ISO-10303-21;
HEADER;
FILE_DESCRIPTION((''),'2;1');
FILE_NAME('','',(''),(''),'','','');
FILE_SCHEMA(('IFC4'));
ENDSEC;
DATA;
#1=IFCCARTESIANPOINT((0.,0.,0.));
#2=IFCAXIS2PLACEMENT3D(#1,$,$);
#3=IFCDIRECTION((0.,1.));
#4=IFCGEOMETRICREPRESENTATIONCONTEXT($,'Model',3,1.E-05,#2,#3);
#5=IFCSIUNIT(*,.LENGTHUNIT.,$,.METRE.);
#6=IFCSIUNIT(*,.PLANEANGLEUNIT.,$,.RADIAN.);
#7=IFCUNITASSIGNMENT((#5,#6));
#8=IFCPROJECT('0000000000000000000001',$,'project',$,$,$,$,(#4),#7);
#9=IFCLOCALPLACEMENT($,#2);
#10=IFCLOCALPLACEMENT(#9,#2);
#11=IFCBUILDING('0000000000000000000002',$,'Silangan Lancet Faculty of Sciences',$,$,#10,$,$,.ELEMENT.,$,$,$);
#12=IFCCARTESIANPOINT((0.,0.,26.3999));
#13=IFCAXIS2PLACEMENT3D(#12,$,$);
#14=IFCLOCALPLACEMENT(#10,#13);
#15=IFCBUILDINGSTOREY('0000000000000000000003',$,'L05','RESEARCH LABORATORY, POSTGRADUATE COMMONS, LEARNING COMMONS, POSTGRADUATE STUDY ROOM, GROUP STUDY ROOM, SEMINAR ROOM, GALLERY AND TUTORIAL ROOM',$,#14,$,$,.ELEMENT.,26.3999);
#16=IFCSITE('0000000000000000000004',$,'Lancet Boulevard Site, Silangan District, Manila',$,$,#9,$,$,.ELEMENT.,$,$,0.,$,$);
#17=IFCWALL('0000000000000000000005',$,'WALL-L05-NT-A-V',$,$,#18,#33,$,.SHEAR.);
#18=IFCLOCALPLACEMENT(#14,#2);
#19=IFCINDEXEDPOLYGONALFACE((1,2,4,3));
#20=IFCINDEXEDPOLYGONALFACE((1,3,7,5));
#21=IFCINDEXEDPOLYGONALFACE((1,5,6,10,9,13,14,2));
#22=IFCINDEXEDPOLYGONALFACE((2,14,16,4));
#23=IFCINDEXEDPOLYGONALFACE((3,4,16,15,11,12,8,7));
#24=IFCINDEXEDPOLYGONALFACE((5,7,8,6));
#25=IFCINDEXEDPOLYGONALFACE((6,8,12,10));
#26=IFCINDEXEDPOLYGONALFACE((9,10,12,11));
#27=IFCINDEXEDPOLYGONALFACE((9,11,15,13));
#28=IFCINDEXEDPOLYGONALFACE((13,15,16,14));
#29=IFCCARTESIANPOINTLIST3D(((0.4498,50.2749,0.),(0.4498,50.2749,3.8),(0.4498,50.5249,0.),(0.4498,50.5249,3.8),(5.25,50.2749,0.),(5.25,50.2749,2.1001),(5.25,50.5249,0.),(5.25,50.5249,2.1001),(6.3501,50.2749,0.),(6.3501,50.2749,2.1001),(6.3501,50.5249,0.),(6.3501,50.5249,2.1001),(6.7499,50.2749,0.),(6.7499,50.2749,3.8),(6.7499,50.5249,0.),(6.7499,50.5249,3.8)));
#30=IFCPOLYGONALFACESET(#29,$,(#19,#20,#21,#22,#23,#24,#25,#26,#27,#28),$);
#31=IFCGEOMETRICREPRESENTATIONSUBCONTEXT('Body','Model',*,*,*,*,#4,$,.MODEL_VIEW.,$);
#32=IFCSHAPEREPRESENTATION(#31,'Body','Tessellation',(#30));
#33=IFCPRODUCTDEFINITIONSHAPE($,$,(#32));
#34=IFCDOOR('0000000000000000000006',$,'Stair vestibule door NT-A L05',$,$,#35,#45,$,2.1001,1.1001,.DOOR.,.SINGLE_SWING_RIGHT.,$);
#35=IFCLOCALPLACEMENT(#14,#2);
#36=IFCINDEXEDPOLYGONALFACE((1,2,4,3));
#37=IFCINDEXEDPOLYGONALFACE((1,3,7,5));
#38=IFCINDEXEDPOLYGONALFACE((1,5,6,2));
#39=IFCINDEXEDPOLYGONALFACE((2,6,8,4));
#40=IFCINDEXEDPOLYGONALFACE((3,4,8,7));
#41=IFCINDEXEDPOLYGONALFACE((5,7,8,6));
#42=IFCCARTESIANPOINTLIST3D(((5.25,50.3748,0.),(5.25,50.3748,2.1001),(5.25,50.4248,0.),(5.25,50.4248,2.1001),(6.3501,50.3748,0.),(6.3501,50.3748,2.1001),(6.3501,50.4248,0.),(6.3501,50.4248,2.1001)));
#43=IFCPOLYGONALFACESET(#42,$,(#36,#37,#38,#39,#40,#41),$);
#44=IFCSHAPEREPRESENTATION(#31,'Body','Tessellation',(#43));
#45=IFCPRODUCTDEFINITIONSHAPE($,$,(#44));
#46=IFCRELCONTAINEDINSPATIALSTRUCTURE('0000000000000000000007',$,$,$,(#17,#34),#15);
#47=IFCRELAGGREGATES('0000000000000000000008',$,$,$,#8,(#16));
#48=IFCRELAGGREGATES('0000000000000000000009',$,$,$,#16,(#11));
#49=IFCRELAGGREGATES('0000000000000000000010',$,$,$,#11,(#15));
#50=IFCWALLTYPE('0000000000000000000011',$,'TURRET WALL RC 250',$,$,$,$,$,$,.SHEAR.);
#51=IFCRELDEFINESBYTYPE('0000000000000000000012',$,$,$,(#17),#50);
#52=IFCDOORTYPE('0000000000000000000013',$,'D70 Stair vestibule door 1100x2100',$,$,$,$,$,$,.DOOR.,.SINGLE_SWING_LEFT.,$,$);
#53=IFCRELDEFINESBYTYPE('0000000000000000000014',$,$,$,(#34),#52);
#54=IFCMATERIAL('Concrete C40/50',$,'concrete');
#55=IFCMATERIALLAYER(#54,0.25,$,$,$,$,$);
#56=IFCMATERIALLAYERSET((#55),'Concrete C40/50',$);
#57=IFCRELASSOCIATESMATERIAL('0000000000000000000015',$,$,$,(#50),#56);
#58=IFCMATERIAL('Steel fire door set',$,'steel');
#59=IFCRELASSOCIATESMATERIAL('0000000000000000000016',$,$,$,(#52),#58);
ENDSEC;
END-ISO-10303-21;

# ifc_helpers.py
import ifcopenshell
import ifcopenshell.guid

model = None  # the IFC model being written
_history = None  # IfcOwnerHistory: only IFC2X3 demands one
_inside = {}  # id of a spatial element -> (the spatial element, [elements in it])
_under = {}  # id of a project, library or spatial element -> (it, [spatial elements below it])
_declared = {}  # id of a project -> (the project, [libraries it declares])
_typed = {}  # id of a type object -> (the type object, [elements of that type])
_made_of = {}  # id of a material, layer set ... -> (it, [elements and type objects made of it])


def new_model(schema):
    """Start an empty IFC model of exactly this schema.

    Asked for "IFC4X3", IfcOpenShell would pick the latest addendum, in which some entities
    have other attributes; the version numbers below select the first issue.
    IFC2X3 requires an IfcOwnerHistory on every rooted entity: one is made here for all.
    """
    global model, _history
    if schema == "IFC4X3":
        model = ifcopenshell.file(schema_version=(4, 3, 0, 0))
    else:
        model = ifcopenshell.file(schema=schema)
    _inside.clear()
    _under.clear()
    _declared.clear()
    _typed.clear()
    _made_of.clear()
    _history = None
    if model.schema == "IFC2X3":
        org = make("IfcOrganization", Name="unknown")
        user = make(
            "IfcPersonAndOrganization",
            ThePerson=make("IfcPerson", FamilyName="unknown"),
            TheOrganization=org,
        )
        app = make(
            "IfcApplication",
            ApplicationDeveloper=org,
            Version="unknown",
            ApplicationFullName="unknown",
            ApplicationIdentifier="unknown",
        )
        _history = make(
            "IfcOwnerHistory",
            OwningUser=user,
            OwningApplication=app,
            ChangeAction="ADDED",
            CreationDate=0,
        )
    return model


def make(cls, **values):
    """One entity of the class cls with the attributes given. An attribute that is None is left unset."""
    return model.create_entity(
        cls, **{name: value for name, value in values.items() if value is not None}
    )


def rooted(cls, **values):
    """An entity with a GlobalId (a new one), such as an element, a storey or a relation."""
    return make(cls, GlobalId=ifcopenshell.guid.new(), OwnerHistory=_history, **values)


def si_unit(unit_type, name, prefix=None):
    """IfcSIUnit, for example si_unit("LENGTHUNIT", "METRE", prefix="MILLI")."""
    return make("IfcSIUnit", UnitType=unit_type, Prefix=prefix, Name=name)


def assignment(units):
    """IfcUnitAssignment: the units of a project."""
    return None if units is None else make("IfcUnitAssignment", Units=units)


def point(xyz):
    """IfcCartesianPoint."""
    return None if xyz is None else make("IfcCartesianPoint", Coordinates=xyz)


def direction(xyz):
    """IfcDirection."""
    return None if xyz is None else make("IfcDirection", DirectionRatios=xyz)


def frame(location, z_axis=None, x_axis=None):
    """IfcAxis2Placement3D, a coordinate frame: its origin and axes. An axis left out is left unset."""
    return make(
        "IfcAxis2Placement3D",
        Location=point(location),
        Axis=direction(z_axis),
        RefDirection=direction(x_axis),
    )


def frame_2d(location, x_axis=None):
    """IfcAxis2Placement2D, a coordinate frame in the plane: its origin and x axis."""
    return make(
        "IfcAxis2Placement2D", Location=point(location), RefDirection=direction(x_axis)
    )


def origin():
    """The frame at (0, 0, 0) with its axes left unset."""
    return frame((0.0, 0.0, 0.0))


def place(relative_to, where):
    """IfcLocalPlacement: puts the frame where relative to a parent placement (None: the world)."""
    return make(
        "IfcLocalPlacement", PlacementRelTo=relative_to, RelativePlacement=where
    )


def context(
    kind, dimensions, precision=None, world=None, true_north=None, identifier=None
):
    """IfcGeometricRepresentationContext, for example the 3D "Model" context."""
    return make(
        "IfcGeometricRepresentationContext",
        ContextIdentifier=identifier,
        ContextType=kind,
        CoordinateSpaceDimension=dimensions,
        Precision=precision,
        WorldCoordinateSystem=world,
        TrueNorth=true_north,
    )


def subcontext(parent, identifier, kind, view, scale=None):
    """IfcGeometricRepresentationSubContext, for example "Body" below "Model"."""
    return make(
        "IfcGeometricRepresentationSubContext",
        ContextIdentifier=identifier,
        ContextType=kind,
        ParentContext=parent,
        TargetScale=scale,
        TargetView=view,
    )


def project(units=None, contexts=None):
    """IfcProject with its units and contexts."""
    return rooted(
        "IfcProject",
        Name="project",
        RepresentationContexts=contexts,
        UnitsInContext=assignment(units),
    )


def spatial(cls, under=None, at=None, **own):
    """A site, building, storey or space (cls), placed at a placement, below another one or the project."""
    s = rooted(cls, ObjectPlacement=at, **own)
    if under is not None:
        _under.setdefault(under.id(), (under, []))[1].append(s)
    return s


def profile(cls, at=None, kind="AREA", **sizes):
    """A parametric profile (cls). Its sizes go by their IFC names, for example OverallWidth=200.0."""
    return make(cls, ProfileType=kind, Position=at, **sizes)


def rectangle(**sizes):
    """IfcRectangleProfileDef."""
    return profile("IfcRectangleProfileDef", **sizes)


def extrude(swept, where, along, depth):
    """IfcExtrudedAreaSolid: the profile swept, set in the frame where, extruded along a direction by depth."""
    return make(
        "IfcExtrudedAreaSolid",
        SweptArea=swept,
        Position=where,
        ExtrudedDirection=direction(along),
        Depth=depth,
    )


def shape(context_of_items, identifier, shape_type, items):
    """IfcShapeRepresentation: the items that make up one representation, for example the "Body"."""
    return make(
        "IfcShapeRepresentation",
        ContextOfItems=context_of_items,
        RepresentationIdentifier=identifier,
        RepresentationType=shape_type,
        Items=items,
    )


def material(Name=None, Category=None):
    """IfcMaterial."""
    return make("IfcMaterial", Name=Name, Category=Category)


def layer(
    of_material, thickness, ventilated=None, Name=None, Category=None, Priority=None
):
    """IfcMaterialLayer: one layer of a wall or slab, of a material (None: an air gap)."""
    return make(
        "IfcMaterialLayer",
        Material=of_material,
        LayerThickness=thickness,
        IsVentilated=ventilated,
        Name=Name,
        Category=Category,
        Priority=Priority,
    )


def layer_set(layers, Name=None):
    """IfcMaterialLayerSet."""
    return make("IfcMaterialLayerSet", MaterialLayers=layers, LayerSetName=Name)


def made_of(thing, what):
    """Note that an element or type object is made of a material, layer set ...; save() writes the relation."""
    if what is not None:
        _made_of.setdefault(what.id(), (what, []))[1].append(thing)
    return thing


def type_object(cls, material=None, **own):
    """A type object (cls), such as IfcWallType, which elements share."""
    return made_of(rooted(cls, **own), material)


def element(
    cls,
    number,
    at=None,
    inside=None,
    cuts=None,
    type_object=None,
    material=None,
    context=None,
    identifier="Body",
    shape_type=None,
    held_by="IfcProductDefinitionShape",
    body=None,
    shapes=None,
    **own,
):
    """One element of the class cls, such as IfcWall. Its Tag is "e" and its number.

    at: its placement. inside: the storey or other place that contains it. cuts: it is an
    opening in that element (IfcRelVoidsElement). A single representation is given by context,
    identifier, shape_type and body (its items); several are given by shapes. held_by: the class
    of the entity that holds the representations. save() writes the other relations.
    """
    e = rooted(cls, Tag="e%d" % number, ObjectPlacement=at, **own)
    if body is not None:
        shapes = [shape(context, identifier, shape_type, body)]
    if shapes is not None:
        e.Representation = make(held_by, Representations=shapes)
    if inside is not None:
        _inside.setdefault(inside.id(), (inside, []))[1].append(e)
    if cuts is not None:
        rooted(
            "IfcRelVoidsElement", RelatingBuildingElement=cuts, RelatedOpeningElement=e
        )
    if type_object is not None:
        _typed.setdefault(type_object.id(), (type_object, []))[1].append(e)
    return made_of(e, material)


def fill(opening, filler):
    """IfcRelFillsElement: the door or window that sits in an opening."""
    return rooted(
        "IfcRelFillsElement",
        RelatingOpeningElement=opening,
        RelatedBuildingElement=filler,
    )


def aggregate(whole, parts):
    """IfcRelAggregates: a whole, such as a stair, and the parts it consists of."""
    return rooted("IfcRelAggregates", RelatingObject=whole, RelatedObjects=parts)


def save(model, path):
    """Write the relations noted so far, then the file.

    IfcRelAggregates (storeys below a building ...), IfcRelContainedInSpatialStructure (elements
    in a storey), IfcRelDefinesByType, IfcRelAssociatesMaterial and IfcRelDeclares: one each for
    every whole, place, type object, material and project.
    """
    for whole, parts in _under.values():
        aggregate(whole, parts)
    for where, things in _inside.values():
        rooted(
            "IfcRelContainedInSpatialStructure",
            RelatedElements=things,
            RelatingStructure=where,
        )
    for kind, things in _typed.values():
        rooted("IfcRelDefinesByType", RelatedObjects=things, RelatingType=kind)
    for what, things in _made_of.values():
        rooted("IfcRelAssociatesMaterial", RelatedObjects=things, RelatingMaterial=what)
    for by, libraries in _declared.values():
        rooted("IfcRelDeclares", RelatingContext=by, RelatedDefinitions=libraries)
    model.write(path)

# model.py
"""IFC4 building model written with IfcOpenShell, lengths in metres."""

from ifc_helpers import new_model, si_unit, direction, frame, frame_2d, origin, place, context, subcontext, project, spatial, rectangle, extrude, material, layer, layer_set, type_object, element, fill, save


model = new_model("IFC4")

# Units and contexts
model_context = context("Model", 3, precision=1e-05, world=origin(), true_north=direction((0.0, 1.0)))
body_context = subcontext(model_context, "Body", "Model", "MODEL_VIEW")
ifc_project = project(units=[si_unit("LENGTHUNIT", "METRE"), si_unit("PLANEANGLEUNIT", "RADIAN")], contexts=[model_context])

# Site, building, storey
site_placement = place(None, origin())
site = spatial("IfcSite", under=ifc_project, at=site_placement, Name="Lancet Boulevard Site, Silangan District, Manila", CompositionType="ELEMENT", RefElevation=0.0)
building_placement = place(site_placement, origin())
building = spatial("IfcBuilding", under=site, at=building_placement, Name="Silangan Lancet Faculty of Sciences", CompositionType="ELEMENT")
storey_placement = place(building_placement, frame((0.0, 0.0, 26.3999)))
storey = spatial("IfcBuildingStorey", under=building, at=storey_placement, Name="L05", Description="RESEARCH LABORATORY, POSTGRADUATE COMMONS, LEARNING COMMONS, POSTGRADUATE STUDY ROOM, GROUP STUDY ROOM, SEMINAR ROOM, GALLERY AND TUTORIAL ROOM", CompositionType="ELEMENT", Elevation=26.3999)

# Wall, opening, door
ifc_material_1 = material(Name="Concrete C40/50", Category="concrete")
ifc_layer_1 = layer(ifc_material_1, 0.25)
ifc_layer_set_1 = layer_set([ifc_layer_1], Name="Concrete C40/50")
wall_type_1 = type_object("IfcWallType", Name="TURRET WALL RC 250", PredefinedType="SHEAR", material=ifc_layer_set_1)
wall_1_placement = place(storey_placement, frame((0.45, 50.3999, 0.0), z_axis=(0.0, 0.0, 1.0), x_axis=(1.0, 0.0, 0.0)))
wall_1 = element("IfcWall", 1, at=wall_1_placement, inside=storey, type_object=wall_type_1, Name="WALL-L05-NT-A-V", PredefinedType="SHEAR", context=body_context, shape_type="SweptSolid", body=[
    extrude(rectangle(XDim=6.3, YDim=0.25, at=frame_2d((3.1499, 0.0))), origin(), (0.0, 0.0, 1.0), 3.8),
])
opening_1_placement = place(wall_1_placement, frame((4.8, 0.0, 0.0)))
opening_1 = element("IfcOpeningElement", 2, at=opening_1_placement, cuts=wall_1, PredefinedType="OPENING", context=body_context, shape_type="SweptSolid", body=[
    extrude(rectangle(XDim=1.1001, YDim=2.1001, at=frame_2d((0.55, 1.05))), frame((0.0, 0.135, 0.0), z_axis=(0.0, -1.0, 0.0), x_axis=(1.0, 0.0, 0.0)), (0.0, 0.0, 1.0), 0.27),
])
ifc_material_2 = material(Name="Steel fire door set", Category="steel")
door_type_1 = type_object("IfcDoorType", Name="D70 Stair vestibule door 1100x2100", OperationType="SINGLE_SWING_LEFT", PredefinedType="DOOR", material=ifc_material_2)
door_1_placement = place(opening_1_placement, origin())
door_1 = element("IfcDoor", 3, at=door_1_placement, inside=storey, type_object=door_type_1, Name="Stair vestibule door NT-A L05", OperationType="SINGLE_SWING_RIGHT", OverallHeight=2.1001, OverallWidth=1.1001, PredefinedType="DOOR", context=body_context, shape_type="SweptSolid", body=[
    extrude(rectangle(XDim=1.1001, YDim=2.1001, at=frame_2d((0.55, 1.05))), frame((0.0, 0.0249, 0.0), z_axis=(0.0, -1.0, 0.0), x_axis=(1.0, 0.0, 0.0)), (0.0, 0.0, 1.0), 0.05),
])
fill(opening_1, door_1)

save(model, "model.ifc")
